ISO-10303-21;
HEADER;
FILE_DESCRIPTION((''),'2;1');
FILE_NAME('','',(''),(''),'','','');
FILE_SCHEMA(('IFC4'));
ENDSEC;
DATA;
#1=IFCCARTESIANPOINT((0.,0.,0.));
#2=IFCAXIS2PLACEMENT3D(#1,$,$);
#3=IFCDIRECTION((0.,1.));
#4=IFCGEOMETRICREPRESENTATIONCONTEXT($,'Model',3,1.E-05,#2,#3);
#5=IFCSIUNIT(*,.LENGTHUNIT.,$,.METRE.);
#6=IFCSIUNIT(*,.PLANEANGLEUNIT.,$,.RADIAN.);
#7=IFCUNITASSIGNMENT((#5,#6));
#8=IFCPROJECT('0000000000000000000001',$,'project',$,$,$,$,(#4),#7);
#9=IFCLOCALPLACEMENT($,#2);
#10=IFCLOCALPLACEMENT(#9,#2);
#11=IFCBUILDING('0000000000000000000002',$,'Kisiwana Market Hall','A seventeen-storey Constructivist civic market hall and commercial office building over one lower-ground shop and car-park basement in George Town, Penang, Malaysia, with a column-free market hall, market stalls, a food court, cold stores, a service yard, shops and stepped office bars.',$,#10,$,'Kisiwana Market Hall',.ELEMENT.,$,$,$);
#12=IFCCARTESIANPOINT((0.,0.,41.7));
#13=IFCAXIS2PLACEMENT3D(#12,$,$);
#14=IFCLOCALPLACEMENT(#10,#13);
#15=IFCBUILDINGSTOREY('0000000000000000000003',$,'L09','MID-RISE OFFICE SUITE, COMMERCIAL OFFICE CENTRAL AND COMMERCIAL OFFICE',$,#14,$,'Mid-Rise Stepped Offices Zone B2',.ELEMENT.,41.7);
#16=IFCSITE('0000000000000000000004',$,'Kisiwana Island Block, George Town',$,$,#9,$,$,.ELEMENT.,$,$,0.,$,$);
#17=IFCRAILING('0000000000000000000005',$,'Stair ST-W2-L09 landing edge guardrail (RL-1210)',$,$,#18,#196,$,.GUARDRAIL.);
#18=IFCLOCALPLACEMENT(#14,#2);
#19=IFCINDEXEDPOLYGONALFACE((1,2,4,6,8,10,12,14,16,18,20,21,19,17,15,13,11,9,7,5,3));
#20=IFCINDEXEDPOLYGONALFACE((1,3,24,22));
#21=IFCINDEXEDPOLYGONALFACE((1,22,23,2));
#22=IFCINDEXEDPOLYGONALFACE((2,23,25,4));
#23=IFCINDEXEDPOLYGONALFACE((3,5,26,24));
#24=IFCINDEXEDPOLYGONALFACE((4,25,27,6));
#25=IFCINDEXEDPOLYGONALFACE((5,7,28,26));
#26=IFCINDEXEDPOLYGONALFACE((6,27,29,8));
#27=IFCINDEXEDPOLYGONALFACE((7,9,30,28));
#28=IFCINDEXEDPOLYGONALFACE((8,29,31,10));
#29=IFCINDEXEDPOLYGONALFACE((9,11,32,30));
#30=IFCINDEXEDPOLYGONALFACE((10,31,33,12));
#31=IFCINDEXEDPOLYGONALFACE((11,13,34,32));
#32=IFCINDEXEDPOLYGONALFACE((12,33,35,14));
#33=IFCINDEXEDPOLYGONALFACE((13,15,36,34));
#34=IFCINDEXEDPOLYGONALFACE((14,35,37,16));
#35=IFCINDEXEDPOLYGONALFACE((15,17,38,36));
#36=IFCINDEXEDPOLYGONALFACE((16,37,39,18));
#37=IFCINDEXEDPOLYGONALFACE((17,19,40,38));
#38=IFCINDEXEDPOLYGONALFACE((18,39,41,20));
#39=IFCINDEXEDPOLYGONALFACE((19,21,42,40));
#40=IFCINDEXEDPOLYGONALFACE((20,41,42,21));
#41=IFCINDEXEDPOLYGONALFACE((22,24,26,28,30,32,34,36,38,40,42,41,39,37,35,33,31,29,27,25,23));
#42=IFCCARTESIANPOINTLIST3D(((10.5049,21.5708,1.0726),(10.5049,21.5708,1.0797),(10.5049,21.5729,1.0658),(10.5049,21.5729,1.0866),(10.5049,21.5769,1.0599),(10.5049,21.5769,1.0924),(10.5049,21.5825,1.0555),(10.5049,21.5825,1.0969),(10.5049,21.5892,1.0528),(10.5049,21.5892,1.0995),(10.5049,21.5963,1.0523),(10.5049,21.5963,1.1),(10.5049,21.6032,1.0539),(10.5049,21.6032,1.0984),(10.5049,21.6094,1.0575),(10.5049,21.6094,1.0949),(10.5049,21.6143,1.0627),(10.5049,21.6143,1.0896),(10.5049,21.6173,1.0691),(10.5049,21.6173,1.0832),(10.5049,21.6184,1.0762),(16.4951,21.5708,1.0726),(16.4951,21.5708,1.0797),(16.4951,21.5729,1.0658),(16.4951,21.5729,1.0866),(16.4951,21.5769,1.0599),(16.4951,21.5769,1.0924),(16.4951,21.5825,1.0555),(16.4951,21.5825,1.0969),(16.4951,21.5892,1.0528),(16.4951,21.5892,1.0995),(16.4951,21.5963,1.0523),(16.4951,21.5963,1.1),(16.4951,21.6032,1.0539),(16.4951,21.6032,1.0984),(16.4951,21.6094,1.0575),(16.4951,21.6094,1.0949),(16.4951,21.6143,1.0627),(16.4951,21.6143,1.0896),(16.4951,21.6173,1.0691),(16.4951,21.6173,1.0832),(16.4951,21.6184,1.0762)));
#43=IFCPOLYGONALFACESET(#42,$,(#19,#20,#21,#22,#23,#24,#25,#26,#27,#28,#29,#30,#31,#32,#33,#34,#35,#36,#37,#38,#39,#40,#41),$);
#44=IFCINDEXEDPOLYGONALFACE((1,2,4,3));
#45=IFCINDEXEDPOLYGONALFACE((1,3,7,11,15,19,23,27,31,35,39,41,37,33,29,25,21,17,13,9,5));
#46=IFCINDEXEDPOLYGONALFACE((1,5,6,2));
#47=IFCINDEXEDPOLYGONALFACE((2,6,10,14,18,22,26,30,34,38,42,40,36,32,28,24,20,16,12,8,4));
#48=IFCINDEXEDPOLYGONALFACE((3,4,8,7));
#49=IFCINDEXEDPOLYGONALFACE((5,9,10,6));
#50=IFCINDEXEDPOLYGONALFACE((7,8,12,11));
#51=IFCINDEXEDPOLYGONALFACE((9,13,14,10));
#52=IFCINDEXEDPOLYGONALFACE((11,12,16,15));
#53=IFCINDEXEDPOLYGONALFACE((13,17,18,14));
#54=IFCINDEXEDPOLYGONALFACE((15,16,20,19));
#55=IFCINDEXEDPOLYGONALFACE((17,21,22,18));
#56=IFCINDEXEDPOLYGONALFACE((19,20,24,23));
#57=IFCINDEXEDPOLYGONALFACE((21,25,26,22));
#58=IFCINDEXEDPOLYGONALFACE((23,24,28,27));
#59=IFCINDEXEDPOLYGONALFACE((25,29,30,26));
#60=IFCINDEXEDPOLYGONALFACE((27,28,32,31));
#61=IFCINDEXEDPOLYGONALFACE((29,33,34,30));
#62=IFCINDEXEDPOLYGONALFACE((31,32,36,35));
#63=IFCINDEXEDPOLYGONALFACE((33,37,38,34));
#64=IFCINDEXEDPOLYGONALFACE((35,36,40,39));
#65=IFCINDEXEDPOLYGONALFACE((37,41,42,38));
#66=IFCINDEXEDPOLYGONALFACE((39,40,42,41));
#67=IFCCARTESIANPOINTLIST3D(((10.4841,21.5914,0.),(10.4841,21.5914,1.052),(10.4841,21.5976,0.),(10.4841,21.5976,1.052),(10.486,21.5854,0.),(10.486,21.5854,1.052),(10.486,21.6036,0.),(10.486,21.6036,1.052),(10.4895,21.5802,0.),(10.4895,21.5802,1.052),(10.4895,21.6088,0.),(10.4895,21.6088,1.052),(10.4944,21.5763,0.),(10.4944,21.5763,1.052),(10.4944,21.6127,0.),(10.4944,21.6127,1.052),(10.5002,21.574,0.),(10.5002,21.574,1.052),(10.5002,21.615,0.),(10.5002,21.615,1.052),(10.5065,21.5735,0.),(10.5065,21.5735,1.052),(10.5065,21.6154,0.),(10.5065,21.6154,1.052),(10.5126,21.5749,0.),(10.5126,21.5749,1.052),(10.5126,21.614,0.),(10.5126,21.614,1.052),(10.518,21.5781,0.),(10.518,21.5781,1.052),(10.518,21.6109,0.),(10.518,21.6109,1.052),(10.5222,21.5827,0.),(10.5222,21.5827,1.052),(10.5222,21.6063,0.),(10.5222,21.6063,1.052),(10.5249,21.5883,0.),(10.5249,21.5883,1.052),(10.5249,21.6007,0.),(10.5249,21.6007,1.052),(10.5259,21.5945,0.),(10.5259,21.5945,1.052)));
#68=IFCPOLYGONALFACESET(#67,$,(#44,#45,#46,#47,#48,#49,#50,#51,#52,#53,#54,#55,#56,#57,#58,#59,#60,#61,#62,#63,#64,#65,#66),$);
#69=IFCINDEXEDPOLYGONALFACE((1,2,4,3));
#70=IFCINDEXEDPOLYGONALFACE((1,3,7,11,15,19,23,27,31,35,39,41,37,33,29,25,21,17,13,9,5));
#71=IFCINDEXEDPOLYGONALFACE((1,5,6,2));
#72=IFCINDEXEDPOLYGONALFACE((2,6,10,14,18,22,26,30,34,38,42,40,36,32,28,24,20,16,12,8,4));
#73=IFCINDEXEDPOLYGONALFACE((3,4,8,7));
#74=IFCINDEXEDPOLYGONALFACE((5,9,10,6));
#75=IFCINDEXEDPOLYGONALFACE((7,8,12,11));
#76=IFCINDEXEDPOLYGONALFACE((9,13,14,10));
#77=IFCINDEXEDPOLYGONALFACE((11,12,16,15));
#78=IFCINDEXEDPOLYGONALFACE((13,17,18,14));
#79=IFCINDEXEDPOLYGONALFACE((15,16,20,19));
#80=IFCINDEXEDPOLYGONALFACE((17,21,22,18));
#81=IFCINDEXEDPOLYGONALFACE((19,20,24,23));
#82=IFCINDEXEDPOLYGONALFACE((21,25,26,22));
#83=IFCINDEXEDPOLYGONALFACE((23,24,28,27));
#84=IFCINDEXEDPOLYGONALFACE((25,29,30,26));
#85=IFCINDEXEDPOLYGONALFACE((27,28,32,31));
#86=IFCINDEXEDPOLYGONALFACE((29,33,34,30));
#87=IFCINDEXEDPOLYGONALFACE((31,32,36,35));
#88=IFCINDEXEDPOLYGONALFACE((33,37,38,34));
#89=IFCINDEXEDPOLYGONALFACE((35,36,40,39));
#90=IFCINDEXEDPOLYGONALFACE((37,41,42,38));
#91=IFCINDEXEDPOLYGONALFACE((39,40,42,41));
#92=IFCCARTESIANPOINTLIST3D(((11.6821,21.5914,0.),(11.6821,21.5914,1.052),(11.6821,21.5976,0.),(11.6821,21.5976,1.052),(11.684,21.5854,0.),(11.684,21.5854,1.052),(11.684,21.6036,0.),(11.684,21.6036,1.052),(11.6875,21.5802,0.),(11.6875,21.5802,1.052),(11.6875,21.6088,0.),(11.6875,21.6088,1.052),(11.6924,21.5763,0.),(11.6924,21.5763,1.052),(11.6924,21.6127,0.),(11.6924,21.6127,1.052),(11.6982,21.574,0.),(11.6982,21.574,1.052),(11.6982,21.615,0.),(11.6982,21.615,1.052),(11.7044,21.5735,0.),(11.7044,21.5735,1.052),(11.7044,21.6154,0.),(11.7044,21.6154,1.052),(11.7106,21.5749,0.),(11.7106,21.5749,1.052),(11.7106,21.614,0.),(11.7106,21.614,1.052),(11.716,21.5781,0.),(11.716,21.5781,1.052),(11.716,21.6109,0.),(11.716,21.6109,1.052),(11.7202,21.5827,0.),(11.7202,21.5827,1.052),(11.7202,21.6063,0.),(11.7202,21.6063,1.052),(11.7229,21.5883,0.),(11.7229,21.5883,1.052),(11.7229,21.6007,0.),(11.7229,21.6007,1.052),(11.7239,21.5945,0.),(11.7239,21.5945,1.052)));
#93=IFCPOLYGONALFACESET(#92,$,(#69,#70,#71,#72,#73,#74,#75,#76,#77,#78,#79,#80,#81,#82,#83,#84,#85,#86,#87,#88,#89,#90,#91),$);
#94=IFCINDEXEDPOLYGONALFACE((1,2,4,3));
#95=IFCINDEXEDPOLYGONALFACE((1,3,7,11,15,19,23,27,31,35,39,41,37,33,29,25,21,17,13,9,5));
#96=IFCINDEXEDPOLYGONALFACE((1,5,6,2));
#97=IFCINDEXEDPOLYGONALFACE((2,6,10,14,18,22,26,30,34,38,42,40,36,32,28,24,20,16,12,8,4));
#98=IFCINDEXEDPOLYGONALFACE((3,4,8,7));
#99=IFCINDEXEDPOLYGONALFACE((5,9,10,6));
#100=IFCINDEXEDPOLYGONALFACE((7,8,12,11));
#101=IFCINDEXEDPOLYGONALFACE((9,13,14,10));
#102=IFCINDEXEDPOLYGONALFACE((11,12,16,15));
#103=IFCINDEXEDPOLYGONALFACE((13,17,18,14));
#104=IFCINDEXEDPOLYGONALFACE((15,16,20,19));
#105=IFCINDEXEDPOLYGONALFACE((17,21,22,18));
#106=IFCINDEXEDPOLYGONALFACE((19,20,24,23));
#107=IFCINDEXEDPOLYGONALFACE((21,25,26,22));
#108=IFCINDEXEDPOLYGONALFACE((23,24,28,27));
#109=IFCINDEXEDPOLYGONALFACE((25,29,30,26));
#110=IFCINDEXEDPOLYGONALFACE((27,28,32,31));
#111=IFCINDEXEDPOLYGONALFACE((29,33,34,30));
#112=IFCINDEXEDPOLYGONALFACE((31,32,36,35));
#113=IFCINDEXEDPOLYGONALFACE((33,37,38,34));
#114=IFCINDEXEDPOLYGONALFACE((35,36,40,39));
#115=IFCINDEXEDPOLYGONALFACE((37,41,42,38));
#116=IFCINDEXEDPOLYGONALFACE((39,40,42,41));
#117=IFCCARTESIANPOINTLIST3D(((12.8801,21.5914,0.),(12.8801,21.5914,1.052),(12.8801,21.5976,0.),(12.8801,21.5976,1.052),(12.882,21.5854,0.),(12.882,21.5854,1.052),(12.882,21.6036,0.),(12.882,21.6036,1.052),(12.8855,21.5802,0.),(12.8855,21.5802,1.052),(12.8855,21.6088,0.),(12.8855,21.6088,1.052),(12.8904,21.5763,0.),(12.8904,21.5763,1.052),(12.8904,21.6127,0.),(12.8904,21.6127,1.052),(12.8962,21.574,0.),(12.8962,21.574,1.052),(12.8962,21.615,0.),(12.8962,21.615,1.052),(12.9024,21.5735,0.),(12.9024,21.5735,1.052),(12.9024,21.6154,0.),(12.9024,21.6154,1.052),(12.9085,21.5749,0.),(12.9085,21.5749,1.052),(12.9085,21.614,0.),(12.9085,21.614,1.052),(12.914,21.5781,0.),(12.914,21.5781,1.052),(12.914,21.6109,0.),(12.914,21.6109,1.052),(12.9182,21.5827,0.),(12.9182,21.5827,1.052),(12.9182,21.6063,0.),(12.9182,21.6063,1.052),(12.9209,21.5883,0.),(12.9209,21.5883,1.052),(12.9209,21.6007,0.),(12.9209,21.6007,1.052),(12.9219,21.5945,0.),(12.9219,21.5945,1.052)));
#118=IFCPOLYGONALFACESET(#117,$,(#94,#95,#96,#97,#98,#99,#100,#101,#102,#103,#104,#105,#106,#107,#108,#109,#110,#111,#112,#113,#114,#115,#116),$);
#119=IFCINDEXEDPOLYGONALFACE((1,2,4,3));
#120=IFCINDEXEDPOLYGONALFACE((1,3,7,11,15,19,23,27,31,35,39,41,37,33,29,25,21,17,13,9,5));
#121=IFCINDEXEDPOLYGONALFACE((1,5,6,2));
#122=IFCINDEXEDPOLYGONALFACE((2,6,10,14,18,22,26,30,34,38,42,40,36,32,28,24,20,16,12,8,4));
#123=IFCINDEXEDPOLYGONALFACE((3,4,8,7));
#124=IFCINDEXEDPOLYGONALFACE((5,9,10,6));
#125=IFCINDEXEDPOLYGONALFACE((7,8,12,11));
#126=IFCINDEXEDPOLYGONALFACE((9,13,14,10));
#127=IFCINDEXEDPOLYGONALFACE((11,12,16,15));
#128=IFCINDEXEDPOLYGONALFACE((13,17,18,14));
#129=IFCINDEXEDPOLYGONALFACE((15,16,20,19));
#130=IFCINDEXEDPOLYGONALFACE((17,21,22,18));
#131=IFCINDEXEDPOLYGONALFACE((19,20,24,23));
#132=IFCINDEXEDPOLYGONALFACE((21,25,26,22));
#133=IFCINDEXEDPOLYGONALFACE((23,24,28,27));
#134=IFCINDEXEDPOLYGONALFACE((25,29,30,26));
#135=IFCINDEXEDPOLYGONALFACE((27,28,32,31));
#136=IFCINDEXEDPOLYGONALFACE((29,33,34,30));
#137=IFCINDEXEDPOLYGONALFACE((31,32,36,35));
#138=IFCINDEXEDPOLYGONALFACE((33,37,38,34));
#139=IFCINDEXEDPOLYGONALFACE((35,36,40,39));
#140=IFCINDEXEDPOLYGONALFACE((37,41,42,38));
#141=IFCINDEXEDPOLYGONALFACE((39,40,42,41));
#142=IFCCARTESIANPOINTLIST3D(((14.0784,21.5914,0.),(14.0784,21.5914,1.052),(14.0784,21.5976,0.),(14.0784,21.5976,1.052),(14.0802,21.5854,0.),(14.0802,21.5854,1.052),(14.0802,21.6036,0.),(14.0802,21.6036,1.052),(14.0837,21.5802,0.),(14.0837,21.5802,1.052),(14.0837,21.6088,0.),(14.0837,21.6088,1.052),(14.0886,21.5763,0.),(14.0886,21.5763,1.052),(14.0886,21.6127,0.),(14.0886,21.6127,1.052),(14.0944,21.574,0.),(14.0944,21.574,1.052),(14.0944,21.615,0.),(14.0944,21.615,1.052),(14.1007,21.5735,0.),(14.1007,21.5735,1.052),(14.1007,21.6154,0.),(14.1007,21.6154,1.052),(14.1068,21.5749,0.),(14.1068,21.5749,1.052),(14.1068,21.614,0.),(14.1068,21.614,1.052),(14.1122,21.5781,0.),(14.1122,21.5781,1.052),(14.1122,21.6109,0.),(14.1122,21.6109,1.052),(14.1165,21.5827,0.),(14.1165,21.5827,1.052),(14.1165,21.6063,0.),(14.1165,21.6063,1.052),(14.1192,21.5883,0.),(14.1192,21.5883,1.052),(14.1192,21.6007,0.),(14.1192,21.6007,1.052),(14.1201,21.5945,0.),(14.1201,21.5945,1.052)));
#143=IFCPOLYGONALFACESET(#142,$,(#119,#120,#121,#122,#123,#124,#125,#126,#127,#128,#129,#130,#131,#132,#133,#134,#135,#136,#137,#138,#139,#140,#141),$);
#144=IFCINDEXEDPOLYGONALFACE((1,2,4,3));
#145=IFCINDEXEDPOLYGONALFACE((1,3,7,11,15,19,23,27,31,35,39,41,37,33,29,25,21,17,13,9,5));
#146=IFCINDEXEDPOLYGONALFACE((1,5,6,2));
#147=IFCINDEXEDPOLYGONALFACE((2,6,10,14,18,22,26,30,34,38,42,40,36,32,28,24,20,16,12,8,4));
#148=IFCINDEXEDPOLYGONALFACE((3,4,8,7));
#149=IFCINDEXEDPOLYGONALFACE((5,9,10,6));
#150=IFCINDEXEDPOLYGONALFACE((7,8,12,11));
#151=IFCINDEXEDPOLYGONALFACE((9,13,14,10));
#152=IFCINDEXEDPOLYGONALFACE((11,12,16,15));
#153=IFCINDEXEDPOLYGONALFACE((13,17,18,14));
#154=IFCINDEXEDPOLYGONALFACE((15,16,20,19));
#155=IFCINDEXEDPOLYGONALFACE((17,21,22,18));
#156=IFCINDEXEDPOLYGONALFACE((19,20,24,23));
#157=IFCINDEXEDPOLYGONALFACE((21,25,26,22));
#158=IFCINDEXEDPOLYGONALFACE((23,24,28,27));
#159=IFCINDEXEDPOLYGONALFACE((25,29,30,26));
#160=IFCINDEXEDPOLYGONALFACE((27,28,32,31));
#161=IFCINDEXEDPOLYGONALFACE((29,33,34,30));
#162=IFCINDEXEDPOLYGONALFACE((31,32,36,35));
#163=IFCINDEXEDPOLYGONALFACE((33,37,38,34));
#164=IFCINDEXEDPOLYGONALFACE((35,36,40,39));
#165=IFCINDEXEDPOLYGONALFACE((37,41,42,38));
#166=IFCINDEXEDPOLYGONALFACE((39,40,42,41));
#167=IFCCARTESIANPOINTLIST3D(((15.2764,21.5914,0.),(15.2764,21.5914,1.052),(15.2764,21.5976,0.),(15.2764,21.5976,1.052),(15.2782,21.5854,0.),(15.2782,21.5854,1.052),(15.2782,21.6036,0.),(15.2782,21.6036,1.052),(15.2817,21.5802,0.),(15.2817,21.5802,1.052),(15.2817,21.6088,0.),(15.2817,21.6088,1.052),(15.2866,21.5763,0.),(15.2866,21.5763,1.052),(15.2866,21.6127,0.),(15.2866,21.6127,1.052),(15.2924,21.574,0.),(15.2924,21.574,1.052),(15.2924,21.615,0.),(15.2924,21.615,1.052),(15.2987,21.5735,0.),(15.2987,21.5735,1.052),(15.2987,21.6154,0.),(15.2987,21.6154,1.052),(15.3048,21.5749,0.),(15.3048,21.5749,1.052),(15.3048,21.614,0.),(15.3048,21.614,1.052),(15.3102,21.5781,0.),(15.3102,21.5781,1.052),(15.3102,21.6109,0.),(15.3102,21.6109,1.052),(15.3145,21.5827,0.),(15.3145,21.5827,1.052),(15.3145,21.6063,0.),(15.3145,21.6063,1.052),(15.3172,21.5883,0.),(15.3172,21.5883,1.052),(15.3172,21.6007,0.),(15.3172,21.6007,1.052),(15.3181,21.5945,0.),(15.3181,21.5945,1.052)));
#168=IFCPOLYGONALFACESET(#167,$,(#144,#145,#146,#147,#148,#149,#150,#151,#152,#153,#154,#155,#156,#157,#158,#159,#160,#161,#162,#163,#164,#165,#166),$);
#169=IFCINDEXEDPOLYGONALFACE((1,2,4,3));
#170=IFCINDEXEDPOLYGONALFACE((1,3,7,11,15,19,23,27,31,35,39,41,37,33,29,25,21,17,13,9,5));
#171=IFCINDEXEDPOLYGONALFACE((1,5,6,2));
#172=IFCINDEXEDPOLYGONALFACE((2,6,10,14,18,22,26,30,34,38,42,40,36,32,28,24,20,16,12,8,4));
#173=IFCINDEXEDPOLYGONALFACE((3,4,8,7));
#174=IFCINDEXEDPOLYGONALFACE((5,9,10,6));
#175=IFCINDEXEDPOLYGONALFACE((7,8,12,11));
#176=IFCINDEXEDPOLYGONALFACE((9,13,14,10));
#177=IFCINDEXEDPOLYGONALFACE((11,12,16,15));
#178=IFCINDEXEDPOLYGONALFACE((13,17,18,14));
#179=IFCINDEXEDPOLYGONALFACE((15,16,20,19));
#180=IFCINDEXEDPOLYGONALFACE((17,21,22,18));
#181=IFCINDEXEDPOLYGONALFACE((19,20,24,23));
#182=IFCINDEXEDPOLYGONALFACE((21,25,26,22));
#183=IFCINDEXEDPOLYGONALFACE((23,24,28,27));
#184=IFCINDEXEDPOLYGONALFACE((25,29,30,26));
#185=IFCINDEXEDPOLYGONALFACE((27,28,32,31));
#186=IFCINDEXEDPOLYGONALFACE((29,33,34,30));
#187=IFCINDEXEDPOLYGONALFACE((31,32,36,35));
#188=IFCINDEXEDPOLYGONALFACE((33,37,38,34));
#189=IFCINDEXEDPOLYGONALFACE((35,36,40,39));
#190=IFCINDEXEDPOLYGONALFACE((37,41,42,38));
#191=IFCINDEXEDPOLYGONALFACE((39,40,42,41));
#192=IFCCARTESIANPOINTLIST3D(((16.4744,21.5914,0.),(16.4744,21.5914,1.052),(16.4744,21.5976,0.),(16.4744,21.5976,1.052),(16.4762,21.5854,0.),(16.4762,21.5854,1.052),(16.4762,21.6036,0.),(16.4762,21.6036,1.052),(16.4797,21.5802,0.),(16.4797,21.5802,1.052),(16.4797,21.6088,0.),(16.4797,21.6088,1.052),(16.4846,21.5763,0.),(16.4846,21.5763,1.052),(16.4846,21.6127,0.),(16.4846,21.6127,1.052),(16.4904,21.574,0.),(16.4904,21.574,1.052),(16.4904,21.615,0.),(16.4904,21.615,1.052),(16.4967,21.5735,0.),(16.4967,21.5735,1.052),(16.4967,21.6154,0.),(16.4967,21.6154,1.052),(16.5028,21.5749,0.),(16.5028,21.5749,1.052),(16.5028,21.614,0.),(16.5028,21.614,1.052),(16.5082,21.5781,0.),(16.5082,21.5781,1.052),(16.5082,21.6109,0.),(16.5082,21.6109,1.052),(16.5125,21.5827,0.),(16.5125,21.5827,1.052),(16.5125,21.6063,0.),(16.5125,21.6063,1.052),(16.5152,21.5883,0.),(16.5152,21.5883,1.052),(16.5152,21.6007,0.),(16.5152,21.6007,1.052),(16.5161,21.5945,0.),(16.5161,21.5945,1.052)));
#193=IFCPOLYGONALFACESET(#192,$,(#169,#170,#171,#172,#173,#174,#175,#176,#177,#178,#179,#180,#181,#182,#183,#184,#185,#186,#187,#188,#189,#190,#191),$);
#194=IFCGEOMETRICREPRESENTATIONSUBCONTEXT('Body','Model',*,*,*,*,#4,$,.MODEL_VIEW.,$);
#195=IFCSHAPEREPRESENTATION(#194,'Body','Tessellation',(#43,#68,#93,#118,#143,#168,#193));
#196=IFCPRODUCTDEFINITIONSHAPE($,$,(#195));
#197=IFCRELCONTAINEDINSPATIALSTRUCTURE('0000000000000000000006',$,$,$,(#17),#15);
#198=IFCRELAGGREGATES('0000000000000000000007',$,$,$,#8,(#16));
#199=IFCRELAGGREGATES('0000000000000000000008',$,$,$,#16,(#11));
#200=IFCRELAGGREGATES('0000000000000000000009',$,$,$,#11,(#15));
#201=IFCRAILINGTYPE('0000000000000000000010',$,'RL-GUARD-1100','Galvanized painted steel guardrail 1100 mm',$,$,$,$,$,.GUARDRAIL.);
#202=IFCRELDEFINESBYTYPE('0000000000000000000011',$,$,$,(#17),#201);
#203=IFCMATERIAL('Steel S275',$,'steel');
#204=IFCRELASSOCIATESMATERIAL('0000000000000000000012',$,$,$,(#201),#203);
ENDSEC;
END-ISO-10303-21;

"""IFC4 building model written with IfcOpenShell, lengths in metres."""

from ifc_helpers import new_model, si_unit, direction, frame, origin, origin_2d, place, context, subcontext, project, spatial, circle, extrude, material, type_object, element, save


model = new_model("IFC4")

# Units and contexts
model_context = context("Model", 3, precision=1e-05, world=origin(), true_north=direction((0.0, 1.0)))
body_context = subcontext(model_context, "Body", "Model", "MODEL_VIEW")
ifc_project = project(units=[si_unit("LENGTHUNIT", "METRE"), si_unit("PLANEANGLEUNIT", "RADIAN")], contexts=[model_context])

# Site, building, storey
site_placement = place(None, origin())
site = spatial("IfcSite", under=ifc_project, at=site_placement, Name="Kisiwana Island Block, George Town", CompositionType="ELEMENT", RefElevation=0.0)
building_placement = place(site_placement, origin())
building = spatial("IfcBuilding", under=site, at=building_placement, Name="Kisiwana Market Hall", Description="A seventeen-storey Constructivist civic market hall and commercial office building over one lower-ground shop and car-park basement in George Town, Penang, Malaysia, with a column-free market hall, market stalls, a food court, cold stores, a service yard, shops and stepped office bars.", LongName="Kisiwana Market Hall", CompositionType="ELEMENT")
storey_placement = place(building_placement, frame((0.0, 0.0, 41.7)))
storey = spatial("IfcBuildingStorey", under=building, at=storey_placement, Name="L09", Description="MID-RISE OFFICE SUITE, COMMERCIAL OFFICE CENTRAL AND COMMERCIAL OFFICE", LongName="Mid-Rise Stepped Offices Zone B2", CompositionType="ELEMENT", Elevation=41.7)

# Railing
ifc_material_1 = material(Name="Steel S275", Category="steel")
railing_type_1 = type_object("IfcRailingType", Name="RL-GUARD-1100", Description="Galvanized painted steel guardrail 1100 mm", PredefinedType="GUARDRAIL", material=ifc_material_1)
railing_1_placement = place(storey_placement, frame((10.5049, 21.5945, 0.0)))
element("IfcRailing", 1, at=railing_1_placement, inside=storey, type_object=railing_type_1, Name="Stair ST-W2-L09 landing edge guardrail (RL-1210)", PredefinedType="GUARDRAIL", context=body_context, shape_type="SweptSolid", body=[
    extrude(circle(Radius=0.0239, at=origin_2d()), frame((0.0, 0.0, 1.0762), z_axis=(1.0, 0.0, 0.0), x_axis=(0.0, 1.0, 0.0)), (0.0, 0.0, 1.0), 5.9902),
    extrude(circle(Radius=0.021, at=origin_2d()), origin(), (0.0, 0.0, 1.0), 1.052),
    extrude(circle(Radius=0.021, at=origin_2d()), frame((1.198, 0.0, 0.0)), (0.0, 0.0, 1.0), 1.052),
    extrude(circle(Radius=0.021, at=origin_2d()), frame((2.396, 0.0, 0.0)), (0.0, 0.0, 1.0), 1.052),
    extrude(circle(Radius=0.021, at=origin_2d()), frame((3.5942, 0.0, 0.0)), (0.0, 0.0, 1.0), 1.052),
    extrude(circle(Radius=0.021, at=origin_2d()), frame((4.7922, 0.0, 0.0)), (0.0, 0.0, 1.0), 1.052),
    extrude(circle(Radius=0.021, at=origin_2d()), frame((5.9902, 0.0, 0.0)), (0.0, 0.0, 1.0), 1.052),
])

save(model, "model.ifc")
